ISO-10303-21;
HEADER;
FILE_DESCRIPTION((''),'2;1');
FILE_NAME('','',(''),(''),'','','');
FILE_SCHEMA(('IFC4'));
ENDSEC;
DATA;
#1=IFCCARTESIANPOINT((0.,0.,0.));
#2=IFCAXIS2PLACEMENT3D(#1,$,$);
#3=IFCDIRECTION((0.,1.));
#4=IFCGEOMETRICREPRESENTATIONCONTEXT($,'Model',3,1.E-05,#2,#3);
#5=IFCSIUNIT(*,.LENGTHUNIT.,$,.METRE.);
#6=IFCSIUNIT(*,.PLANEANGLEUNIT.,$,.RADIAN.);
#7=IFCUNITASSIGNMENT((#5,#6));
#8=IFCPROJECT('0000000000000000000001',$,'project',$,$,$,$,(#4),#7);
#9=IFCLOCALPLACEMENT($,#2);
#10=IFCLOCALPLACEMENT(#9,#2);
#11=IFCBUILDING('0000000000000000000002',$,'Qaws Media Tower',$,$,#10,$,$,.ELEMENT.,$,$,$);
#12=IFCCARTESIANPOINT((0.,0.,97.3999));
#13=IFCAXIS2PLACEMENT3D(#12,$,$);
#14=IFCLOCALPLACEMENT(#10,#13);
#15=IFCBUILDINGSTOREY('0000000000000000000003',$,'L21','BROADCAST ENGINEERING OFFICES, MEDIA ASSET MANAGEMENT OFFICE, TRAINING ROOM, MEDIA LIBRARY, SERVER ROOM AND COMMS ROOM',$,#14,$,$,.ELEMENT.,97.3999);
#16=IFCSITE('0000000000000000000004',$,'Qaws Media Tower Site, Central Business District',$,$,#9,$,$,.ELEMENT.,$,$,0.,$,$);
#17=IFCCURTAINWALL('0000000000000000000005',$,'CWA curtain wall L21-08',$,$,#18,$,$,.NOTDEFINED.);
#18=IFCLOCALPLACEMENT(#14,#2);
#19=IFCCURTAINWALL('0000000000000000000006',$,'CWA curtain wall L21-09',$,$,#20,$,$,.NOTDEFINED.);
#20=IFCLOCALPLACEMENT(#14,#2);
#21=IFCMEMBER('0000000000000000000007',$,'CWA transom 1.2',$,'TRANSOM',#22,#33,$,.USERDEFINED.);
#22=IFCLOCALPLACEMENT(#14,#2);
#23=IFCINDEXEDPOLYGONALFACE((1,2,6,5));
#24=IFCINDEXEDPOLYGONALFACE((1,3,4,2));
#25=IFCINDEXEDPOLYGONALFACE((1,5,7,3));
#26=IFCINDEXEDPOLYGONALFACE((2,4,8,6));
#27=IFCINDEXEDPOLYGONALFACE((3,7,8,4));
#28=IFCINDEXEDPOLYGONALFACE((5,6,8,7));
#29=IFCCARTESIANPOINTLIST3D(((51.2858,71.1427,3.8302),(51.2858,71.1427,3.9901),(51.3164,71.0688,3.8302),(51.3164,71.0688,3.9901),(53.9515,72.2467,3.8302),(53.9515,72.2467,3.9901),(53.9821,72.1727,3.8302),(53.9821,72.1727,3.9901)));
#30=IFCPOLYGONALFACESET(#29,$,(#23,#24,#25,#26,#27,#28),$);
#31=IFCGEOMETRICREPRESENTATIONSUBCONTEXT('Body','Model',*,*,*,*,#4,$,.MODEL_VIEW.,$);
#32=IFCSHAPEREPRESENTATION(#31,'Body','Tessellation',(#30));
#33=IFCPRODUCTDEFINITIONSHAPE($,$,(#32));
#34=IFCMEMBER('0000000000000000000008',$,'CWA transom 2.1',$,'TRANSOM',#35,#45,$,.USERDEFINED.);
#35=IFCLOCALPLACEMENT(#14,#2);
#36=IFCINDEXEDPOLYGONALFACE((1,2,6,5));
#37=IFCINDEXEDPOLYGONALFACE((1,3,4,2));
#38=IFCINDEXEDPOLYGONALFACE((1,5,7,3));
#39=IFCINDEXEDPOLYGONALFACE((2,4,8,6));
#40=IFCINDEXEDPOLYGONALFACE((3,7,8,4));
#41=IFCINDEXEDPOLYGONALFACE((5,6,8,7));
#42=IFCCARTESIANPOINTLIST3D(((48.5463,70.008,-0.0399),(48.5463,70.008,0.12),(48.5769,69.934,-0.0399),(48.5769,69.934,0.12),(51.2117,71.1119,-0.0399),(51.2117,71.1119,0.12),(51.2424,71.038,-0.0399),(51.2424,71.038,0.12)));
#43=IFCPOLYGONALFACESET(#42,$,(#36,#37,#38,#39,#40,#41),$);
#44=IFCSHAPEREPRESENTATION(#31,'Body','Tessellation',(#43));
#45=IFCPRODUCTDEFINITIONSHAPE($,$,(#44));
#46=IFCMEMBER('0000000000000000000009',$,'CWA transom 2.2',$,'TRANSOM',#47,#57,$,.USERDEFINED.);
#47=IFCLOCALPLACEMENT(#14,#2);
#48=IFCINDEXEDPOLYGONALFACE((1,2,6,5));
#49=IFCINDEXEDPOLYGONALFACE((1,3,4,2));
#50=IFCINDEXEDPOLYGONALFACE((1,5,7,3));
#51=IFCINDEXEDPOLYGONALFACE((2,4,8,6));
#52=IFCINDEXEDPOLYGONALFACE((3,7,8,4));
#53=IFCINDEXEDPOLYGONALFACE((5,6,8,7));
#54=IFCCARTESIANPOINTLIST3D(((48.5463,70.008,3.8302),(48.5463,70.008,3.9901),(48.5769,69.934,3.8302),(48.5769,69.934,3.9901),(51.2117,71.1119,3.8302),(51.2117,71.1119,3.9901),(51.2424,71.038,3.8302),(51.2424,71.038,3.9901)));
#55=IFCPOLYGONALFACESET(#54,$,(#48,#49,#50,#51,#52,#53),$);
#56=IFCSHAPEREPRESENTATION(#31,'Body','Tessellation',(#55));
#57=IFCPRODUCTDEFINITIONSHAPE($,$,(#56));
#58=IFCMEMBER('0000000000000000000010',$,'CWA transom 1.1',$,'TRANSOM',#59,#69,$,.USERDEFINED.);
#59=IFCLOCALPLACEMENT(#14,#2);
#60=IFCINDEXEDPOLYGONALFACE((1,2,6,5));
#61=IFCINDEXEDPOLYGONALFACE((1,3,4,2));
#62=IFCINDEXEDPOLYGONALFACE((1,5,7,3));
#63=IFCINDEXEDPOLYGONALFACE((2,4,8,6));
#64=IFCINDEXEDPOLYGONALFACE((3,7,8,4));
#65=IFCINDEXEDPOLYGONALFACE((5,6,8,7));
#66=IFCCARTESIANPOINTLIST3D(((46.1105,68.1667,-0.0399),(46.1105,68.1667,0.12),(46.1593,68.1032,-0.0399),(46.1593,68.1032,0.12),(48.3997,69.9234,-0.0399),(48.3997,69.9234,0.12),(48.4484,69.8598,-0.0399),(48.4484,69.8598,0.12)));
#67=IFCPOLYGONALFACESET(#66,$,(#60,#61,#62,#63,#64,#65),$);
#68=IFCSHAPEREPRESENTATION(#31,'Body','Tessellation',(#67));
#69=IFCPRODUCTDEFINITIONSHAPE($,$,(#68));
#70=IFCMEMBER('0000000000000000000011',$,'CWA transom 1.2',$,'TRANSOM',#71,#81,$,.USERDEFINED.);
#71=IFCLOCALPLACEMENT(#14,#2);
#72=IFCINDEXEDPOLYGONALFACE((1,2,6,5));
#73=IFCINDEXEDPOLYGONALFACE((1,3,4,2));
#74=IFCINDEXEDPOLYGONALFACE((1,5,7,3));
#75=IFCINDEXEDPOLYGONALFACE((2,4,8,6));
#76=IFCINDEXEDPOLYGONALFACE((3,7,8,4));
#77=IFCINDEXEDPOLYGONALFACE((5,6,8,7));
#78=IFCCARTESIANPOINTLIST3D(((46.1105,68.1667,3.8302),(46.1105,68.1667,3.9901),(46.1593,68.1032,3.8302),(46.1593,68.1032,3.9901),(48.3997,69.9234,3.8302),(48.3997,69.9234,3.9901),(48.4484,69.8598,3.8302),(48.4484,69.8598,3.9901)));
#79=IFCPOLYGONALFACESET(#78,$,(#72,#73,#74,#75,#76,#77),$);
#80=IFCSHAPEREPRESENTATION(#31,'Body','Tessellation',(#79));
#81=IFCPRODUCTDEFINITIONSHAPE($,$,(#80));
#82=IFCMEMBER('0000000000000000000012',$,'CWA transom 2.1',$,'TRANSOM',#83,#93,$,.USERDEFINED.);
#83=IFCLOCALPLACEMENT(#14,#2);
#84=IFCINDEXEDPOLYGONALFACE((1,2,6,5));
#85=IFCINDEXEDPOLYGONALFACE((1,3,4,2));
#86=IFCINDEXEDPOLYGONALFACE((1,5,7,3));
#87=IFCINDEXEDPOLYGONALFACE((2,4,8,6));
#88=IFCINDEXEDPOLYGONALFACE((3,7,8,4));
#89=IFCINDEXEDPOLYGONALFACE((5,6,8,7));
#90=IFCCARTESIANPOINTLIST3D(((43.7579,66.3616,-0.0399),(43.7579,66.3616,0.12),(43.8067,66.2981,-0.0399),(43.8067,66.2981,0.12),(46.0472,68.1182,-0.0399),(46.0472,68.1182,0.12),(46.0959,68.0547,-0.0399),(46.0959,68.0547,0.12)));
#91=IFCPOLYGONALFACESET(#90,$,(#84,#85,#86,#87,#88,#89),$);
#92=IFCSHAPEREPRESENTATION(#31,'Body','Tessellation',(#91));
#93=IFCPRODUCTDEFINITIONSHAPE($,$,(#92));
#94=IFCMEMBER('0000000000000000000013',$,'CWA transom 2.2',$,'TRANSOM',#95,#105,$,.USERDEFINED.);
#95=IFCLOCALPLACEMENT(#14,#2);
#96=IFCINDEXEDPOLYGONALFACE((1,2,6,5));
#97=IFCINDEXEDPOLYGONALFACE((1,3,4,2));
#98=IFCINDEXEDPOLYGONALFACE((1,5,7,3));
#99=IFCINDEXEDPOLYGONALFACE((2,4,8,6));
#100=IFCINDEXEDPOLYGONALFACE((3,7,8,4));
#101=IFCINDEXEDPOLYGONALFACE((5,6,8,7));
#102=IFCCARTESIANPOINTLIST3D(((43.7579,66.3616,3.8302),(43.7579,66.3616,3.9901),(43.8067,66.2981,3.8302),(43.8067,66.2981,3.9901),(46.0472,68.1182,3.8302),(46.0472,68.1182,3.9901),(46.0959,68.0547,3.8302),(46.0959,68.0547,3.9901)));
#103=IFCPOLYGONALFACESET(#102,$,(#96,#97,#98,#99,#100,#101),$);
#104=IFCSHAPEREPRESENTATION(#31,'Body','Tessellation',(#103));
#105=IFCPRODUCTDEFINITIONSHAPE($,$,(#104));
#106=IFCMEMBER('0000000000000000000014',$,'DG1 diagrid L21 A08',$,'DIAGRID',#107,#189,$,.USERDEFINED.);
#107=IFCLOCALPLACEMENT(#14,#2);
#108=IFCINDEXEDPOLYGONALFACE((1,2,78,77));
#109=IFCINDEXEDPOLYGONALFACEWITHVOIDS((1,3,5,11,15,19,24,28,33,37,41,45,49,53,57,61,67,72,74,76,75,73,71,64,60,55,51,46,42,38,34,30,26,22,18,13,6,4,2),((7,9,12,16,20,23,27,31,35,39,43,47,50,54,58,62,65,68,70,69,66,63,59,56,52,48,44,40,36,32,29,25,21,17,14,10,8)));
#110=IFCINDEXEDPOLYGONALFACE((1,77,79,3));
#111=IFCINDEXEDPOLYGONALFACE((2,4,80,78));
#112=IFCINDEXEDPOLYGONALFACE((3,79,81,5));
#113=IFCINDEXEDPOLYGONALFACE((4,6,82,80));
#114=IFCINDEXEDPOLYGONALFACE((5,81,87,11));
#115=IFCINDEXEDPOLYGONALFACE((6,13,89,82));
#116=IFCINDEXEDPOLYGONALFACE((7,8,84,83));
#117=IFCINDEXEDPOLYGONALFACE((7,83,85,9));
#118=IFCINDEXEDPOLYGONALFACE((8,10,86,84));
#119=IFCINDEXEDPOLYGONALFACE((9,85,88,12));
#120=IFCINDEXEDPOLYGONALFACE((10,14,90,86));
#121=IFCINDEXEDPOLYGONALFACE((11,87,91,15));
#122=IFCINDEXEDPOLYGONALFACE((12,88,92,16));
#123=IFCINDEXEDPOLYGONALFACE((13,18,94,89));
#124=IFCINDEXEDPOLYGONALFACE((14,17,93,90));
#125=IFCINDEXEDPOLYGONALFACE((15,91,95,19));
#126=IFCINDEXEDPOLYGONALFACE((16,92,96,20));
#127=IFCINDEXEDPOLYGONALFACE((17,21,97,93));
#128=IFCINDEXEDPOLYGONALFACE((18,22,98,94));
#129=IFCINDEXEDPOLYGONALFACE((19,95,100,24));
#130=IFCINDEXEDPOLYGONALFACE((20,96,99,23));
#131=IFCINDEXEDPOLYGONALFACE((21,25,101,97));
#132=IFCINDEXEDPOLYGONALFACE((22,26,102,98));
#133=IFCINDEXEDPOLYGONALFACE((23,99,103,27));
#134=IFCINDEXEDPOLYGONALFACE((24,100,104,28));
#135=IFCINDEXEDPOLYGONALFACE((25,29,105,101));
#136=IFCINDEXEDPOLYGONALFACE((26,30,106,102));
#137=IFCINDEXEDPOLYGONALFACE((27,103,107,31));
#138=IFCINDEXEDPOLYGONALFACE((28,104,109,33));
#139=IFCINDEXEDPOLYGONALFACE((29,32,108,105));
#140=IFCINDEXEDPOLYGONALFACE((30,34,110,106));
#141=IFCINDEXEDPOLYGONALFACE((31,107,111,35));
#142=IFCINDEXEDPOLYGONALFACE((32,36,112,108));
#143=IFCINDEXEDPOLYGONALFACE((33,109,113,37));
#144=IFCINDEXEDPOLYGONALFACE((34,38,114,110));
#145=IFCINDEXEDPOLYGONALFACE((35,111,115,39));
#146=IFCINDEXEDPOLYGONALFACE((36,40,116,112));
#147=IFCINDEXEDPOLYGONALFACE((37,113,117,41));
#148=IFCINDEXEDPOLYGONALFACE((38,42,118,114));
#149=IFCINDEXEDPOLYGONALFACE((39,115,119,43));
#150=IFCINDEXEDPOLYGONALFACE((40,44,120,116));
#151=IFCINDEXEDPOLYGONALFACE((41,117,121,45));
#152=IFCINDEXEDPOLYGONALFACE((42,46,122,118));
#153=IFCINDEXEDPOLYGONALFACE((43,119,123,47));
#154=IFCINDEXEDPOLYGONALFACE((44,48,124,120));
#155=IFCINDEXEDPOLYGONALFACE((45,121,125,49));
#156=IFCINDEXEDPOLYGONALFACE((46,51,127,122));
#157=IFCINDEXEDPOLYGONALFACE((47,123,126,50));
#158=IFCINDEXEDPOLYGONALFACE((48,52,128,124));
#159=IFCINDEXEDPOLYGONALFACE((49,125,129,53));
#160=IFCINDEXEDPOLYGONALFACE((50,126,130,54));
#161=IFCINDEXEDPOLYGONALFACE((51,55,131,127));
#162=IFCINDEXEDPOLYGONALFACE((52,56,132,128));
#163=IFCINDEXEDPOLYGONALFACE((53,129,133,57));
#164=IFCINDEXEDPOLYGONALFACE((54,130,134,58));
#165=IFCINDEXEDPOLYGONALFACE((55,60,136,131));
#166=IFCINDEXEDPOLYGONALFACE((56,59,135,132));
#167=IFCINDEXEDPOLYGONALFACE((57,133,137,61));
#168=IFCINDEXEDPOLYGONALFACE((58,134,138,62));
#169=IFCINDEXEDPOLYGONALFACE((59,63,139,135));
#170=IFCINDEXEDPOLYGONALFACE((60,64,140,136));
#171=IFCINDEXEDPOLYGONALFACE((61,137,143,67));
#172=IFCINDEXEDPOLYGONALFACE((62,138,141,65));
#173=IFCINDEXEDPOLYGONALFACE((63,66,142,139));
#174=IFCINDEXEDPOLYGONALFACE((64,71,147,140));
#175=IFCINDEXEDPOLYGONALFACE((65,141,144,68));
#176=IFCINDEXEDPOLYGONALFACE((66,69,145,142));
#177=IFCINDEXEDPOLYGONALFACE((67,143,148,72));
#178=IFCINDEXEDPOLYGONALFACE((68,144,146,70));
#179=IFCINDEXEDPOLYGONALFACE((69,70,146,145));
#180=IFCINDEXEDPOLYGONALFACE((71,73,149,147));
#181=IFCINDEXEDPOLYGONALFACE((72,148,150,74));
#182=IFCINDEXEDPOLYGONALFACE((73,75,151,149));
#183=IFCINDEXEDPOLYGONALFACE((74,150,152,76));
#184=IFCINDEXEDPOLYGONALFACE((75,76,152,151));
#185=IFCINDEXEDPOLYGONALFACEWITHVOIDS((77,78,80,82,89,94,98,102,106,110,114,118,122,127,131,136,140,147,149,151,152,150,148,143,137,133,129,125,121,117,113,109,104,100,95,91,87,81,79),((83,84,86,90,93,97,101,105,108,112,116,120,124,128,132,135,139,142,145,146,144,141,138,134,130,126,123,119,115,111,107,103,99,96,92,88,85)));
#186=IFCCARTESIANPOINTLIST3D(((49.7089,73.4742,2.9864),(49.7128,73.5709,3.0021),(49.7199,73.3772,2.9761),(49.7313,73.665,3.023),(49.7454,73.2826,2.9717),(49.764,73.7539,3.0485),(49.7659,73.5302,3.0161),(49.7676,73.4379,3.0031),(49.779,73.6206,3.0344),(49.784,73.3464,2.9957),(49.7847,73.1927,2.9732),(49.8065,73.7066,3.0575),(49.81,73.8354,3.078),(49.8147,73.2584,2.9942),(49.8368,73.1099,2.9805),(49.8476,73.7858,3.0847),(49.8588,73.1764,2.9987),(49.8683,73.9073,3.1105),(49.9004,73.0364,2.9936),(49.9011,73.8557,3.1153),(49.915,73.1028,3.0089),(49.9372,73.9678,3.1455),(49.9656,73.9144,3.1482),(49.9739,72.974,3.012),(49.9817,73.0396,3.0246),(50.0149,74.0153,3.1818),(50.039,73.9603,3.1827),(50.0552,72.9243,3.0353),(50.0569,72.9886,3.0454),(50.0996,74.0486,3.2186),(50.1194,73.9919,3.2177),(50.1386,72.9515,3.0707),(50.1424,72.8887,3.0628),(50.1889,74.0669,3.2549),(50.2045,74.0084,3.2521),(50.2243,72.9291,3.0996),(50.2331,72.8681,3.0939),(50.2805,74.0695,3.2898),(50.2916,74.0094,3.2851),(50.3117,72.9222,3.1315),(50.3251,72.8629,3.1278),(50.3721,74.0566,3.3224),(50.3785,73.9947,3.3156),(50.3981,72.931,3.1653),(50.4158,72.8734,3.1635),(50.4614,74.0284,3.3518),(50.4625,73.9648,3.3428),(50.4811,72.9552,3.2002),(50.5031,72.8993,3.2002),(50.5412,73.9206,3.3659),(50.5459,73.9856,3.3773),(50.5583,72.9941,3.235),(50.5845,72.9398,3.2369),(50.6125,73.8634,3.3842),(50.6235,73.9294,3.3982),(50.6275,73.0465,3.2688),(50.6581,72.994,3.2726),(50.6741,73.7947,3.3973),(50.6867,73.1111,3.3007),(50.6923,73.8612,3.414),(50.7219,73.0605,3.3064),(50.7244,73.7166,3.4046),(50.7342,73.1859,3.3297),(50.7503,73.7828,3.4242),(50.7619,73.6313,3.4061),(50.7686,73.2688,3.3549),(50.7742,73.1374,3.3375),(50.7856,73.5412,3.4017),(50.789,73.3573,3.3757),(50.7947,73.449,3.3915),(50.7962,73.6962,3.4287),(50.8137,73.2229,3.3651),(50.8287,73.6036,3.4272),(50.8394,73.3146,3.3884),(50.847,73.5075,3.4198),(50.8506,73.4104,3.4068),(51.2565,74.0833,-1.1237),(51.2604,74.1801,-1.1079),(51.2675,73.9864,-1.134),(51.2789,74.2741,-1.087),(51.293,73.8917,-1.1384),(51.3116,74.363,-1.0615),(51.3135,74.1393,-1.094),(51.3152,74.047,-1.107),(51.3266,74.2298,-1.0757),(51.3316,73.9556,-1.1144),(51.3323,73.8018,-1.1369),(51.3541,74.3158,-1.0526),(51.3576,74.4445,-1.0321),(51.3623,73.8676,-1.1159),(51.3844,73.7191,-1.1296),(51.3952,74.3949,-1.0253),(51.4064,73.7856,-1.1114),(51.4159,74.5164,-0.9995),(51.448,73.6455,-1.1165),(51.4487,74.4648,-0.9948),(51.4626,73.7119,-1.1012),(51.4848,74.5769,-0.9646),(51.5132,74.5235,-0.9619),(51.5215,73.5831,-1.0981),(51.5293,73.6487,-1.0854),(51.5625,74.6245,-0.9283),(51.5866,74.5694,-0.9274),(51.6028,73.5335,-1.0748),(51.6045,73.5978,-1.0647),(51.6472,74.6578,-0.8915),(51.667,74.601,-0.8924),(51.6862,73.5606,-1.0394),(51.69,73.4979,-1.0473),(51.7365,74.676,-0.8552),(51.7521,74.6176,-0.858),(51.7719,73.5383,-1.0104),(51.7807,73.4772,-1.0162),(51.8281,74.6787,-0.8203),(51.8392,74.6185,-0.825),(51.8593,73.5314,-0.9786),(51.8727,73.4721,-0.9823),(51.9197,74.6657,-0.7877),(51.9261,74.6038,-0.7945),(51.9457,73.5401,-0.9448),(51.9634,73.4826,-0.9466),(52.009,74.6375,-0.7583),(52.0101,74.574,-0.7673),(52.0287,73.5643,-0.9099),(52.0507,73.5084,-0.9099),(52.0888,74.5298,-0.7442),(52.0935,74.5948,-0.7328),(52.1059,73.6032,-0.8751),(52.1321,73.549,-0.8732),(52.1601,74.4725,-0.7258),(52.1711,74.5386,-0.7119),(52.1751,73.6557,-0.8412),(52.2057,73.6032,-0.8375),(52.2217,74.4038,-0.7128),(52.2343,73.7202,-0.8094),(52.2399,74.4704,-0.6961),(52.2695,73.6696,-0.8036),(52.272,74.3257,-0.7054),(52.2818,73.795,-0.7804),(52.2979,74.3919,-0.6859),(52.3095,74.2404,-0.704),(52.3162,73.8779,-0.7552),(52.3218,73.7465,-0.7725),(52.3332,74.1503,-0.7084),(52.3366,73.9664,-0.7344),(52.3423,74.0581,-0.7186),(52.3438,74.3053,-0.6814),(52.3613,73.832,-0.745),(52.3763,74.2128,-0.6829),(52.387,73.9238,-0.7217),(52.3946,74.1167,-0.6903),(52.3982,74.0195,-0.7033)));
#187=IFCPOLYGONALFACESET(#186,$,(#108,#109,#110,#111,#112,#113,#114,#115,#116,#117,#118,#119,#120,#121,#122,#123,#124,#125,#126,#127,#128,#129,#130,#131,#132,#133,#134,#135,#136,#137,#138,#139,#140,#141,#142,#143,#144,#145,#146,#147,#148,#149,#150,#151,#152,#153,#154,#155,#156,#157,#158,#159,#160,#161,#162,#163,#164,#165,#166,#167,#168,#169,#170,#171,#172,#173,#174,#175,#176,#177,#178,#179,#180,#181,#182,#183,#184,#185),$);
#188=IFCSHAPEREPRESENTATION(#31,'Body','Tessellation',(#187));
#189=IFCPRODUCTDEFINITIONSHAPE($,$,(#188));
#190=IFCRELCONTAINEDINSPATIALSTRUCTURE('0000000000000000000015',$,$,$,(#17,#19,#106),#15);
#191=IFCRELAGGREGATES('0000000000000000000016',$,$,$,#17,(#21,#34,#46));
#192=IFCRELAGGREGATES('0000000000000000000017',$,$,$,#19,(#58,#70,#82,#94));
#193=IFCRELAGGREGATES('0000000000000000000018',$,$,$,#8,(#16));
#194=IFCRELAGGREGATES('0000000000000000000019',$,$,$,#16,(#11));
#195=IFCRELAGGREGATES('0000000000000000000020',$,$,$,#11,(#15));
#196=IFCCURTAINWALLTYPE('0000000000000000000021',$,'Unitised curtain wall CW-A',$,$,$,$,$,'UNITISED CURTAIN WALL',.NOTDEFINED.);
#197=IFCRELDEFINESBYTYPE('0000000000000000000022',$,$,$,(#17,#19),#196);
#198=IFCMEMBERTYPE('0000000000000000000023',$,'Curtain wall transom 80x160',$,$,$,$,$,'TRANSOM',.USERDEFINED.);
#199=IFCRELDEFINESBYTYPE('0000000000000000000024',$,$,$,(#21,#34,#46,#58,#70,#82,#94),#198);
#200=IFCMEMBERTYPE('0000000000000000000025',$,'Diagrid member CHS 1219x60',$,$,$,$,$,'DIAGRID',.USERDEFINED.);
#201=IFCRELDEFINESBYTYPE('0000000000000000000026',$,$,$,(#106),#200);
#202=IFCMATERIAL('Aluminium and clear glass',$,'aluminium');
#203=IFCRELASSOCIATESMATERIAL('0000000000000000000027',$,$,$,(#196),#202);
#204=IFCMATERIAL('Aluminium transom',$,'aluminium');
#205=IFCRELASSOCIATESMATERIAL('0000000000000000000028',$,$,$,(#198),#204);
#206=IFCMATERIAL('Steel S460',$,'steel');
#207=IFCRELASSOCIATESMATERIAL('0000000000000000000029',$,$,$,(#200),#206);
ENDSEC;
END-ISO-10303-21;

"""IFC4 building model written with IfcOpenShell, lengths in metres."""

from ifc_helpers import new_model, si_unit, direction, frame, origin, origin_2d, place, context, subcontext, project, spatial, rectangle, hollow_circle, extrude, material, material_profile, profile_set, type_object, element, aggregate, save


model = new_model("IFC4")

# Units and contexts
model_context = context("Model", 3, precision=1e-05, world=origin(), true_north=direction((0.0, 1.0)))
body_context = subcontext(model_context, "Body", "Model", "MODEL_VIEW")
ifc_project = project(units=[si_unit("LENGTHUNIT", "METRE"), si_unit("PLANEANGLEUNIT", "RADIAN")], contexts=[model_context])

# Site, building, storey
site_placement = place(None, origin())
site = spatial("IfcSite", under=ifc_project, at=site_placement, Name="Qaws Media Tower Site, Central Business District", CompositionType="ELEMENT", RefElevation=0.0)
building_placement = place(site_placement, origin())
building = spatial("IfcBuilding", under=site, at=building_placement, Name="Qaws Media Tower", CompositionType="ELEMENT")
storey_placement = place(building_placement, frame((0.0, 0.0, 97.3999)))
storey = spatial("IfcBuildingStorey", under=building, at=storey_placement, Name="L21", Description="BROADCAST ENGINEERING OFFICES, MEDIA ASSET MANAGEMENT OFFICE, TRAINING ROOM, MEDIA LIBRARY, SERVER ROOM AND COMMS ROOM", CompositionType="ELEMENT", Elevation=97.3999)

# Curtain walls
ifc_material_1 = material(Name="Aluminium and clear glass", Category="aluminium")
curtain_wall_type = type_object("IfcCurtainWallType", Name="Unitised curtain wall CW-A", ElementType="UNITISED CURTAIN WALL", PredefinedType="NOTDEFINED", material=ifc_material_1)
curtain_wall_1_placement = place(storey_placement, origin())
curtain_wall_1 = element("IfcCurtainWall", 1, at=curtain_wall_1_placement, inside=storey, type_object=curtain_wall_type, Name="CWA curtain wall L21-08", PredefinedType="NOTDEFINED")
curtain_wall_2_placement = place(storey_placement, origin())
curtain_wall_2 = element("IfcCurtainWall", 2, at=curtain_wall_2_placement, inside=storey, type_object=curtain_wall_type, Name="CWA curtain wall L21-09", PredefinedType="NOTDEFINED")

# Members
ifc_material_2 = material(Name="Aluminium transom", Category="aluminium")
ifc_material_profile_1 = material_profile(ifc_material_2, rectangle(XDim=0.0801, YDim=0.1599, at=origin_2d()), Name="80x160")
ifc_profile_set_1 = profile_set([ifc_material_profile_1], Name="Aluminium transom")
member_type_1 = type_object("IfcMemberType", Name="Curtain wall transom 80x160", ElementType="TRANSOM", PredefinedType="USERDEFINED", material=ifc_profile_set_1)
member_1_placement = place(storey_placement, frame((53.9668, 72.2097, 3.9102), z_axis=(-0.923903, -0.382626, 0.0), x_axis=(0.382626, -0.923903, 0.0)))
member_1 = element("IfcMember", 3, at=member_1_placement, type_object=member_type_1, Name="CWA transom 1.2", ObjectType="TRANSOM", PredefinedType="USERDEFINED", context=body_context, shape_type="SweptSolid", body=[
    extrude(rectangle(XDim=0.0801, YDim=0.1599, at=origin_2d()), origin(), (0.0, 0.0, 1.0), 2.8853),
])
member_2_placement = place(storey_placement, frame((51.2271, 71.075, 0.04), z_axis=(-0.923891, -0.382656, 0.0), x_axis=(0.382656, -0.923891, 0.0)))
member_2 = element("IfcMember", 4, at=member_2_placement, type_object=member_type_1, Name="CWA transom 2.1", ObjectType="TRANSOM", PredefinedType="USERDEFINED", context=body_context, shape_type="SweptSolid", body=[
    extrude(rectangle(XDim=0.0801, YDim=0.1599, at=origin_2d()), origin(), (0.0, 0.0, 1.0), 2.885),
])
member_3_placement = place(storey_placement, frame((51.2271, 71.075, 3.9102), z_axis=(-0.923891, -0.382656, 0.0), x_axis=(0.382656, -0.923891, 0.0)))
member_3 = element("IfcMember", 5, at=member_3_placement, type_object=member_type_1, Name="CWA transom 2.2", ObjectType="TRANSOM", PredefinedType="USERDEFINED", context=body_context, shape_type="SweptSolid", body=[
    extrude(rectangle(XDim=0.0801, YDim=0.1599, at=origin_2d()), origin(), (0.0, 0.0, 1.0), 2.885),
])
member_4_placement = place(storey_placement, frame((48.4241, 69.8916, 0.04), z_axis=(-0.793331, -0.60879, 0.0), x_axis=(0.60879, -0.793331, 0.0)))
member_4 = element("IfcMember", 6, at=member_4_placement, type_object=member_type_1, Name="CWA transom 1.1", ObjectType="TRANSOM", PredefinedType="USERDEFINED", context=body_context, shape_type="SweptSolid", body=[
    extrude(rectangle(XDim=0.0801, YDim=0.1599, at=origin_2d()), origin(), (0.0, 0.0, 1.0), 2.8855),
])
member_5_placement = place(storey_placement, frame((48.4241, 69.8916, 3.9102), z_axis=(-0.793331, -0.60879, 0.0), x_axis=(0.60879, -0.793331, 0.0)))
member_5 = element("IfcMember", 7, at=member_5_placement, type_object=member_type_1, Name="CWA transom 1.2", ObjectType="TRANSOM", PredefinedType="USERDEFINED", context=body_context, shape_type="SweptSolid", body=[
    extrude(rectangle(XDim=0.0801, YDim=0.1599, at=origin_2d()), origin(), (0.0, 0.0, 1.0), 2.8855),
])
member_6_placement = place(storey_placement, frame((46.0715, 68.0864, 0.04), z_axis=(-0.793363, -0.608749, 0.0), x_axis=(0.608749, -0.793363, 0.0)))
member_6 = element("IfcMember", 8, at=member_6_placement, type_object=member_type_1, Name="CWA transom 2.1", ObjectType="TRANSOM", PredefinedType="USERDEFINED", context=body_context, shape_type="SweptSolid", body=[
    extrude(rectangle(XDim=0.0801, YDim=0.1599, at=origin_2d()), origin(), (0.0, 0.0, 1.0), 2.8855),
])
member_7_placement = place(storey_placement, frame((46.0715, 68.0864, 3.9102), z_axis=(-0.793363, -0.608749, 0.0), x_axis=(0.608749, -0.793363, 0.0)))
member_7 = element("IfcMember", 9, at=member_7_placement, type_object=member_type_1, Name="CWA transom 2.2", ObjectType="TRANSOM", PredefinedType="USERDEFINED", context=body_context, shape_type="SweptSolid", body=[
    extrude(rectangle(XDim=0.0801, YDim=0.1599, at=origin_2d()), origin(), (0.0, 0.0, 1.0), 2.8855),
])

# Member
ifc_material_3 = material(Name="Steel S460", Category="steel")
ifc_material_profile_2 = material_profile(ifc_material_3, hollow_circle(Radius=0.6096, WallThickness=0.0601, at=origin_2d()), Name="CHS 1219x60")
ifc_profile_set_2 = profile_set([ifc_material_profile_2], Name="Steel S460")
member_type_2 = type_object("IfcMemberType", Name="Diagrid member CHS 1219x60", ElementType="DIAGRID", PredefinedType="USERDEFINED", material=ifc_profile_set_2)
for number, where, z_axis, x_axis, name in (
    (10, (51.8274, 74.0757, -0.9099), (-0.349043, -0.137382, 0.926982), (0.366247, -0.930518, 0.0), "DG1 diagrid L21 A08"),
):
    element("IfcMember", number, at=place(storey_placement, frame(where, z_axis=z_axis, x_axis=x_axis)), inside=storey, type_object=member_type_2, Name=name, ObjectType="DIAGRID", PredefinedType="USERDEFINED", context=body_context, shape_type="SweptSolid", body=[
        extrude(hollow_circle(Radius=0.6096, WallThickness=0.0601, at=origin_2d()), origin(), (0.0, 0.0, 1.0), 4.4338),
    ])

aggregate(curtain_wall_1, [member_1, member_2, member_3])
aggregate(curtain_wall_2, [member_4, member_5, member_6, member_7])

save(model, "model.ifc")
